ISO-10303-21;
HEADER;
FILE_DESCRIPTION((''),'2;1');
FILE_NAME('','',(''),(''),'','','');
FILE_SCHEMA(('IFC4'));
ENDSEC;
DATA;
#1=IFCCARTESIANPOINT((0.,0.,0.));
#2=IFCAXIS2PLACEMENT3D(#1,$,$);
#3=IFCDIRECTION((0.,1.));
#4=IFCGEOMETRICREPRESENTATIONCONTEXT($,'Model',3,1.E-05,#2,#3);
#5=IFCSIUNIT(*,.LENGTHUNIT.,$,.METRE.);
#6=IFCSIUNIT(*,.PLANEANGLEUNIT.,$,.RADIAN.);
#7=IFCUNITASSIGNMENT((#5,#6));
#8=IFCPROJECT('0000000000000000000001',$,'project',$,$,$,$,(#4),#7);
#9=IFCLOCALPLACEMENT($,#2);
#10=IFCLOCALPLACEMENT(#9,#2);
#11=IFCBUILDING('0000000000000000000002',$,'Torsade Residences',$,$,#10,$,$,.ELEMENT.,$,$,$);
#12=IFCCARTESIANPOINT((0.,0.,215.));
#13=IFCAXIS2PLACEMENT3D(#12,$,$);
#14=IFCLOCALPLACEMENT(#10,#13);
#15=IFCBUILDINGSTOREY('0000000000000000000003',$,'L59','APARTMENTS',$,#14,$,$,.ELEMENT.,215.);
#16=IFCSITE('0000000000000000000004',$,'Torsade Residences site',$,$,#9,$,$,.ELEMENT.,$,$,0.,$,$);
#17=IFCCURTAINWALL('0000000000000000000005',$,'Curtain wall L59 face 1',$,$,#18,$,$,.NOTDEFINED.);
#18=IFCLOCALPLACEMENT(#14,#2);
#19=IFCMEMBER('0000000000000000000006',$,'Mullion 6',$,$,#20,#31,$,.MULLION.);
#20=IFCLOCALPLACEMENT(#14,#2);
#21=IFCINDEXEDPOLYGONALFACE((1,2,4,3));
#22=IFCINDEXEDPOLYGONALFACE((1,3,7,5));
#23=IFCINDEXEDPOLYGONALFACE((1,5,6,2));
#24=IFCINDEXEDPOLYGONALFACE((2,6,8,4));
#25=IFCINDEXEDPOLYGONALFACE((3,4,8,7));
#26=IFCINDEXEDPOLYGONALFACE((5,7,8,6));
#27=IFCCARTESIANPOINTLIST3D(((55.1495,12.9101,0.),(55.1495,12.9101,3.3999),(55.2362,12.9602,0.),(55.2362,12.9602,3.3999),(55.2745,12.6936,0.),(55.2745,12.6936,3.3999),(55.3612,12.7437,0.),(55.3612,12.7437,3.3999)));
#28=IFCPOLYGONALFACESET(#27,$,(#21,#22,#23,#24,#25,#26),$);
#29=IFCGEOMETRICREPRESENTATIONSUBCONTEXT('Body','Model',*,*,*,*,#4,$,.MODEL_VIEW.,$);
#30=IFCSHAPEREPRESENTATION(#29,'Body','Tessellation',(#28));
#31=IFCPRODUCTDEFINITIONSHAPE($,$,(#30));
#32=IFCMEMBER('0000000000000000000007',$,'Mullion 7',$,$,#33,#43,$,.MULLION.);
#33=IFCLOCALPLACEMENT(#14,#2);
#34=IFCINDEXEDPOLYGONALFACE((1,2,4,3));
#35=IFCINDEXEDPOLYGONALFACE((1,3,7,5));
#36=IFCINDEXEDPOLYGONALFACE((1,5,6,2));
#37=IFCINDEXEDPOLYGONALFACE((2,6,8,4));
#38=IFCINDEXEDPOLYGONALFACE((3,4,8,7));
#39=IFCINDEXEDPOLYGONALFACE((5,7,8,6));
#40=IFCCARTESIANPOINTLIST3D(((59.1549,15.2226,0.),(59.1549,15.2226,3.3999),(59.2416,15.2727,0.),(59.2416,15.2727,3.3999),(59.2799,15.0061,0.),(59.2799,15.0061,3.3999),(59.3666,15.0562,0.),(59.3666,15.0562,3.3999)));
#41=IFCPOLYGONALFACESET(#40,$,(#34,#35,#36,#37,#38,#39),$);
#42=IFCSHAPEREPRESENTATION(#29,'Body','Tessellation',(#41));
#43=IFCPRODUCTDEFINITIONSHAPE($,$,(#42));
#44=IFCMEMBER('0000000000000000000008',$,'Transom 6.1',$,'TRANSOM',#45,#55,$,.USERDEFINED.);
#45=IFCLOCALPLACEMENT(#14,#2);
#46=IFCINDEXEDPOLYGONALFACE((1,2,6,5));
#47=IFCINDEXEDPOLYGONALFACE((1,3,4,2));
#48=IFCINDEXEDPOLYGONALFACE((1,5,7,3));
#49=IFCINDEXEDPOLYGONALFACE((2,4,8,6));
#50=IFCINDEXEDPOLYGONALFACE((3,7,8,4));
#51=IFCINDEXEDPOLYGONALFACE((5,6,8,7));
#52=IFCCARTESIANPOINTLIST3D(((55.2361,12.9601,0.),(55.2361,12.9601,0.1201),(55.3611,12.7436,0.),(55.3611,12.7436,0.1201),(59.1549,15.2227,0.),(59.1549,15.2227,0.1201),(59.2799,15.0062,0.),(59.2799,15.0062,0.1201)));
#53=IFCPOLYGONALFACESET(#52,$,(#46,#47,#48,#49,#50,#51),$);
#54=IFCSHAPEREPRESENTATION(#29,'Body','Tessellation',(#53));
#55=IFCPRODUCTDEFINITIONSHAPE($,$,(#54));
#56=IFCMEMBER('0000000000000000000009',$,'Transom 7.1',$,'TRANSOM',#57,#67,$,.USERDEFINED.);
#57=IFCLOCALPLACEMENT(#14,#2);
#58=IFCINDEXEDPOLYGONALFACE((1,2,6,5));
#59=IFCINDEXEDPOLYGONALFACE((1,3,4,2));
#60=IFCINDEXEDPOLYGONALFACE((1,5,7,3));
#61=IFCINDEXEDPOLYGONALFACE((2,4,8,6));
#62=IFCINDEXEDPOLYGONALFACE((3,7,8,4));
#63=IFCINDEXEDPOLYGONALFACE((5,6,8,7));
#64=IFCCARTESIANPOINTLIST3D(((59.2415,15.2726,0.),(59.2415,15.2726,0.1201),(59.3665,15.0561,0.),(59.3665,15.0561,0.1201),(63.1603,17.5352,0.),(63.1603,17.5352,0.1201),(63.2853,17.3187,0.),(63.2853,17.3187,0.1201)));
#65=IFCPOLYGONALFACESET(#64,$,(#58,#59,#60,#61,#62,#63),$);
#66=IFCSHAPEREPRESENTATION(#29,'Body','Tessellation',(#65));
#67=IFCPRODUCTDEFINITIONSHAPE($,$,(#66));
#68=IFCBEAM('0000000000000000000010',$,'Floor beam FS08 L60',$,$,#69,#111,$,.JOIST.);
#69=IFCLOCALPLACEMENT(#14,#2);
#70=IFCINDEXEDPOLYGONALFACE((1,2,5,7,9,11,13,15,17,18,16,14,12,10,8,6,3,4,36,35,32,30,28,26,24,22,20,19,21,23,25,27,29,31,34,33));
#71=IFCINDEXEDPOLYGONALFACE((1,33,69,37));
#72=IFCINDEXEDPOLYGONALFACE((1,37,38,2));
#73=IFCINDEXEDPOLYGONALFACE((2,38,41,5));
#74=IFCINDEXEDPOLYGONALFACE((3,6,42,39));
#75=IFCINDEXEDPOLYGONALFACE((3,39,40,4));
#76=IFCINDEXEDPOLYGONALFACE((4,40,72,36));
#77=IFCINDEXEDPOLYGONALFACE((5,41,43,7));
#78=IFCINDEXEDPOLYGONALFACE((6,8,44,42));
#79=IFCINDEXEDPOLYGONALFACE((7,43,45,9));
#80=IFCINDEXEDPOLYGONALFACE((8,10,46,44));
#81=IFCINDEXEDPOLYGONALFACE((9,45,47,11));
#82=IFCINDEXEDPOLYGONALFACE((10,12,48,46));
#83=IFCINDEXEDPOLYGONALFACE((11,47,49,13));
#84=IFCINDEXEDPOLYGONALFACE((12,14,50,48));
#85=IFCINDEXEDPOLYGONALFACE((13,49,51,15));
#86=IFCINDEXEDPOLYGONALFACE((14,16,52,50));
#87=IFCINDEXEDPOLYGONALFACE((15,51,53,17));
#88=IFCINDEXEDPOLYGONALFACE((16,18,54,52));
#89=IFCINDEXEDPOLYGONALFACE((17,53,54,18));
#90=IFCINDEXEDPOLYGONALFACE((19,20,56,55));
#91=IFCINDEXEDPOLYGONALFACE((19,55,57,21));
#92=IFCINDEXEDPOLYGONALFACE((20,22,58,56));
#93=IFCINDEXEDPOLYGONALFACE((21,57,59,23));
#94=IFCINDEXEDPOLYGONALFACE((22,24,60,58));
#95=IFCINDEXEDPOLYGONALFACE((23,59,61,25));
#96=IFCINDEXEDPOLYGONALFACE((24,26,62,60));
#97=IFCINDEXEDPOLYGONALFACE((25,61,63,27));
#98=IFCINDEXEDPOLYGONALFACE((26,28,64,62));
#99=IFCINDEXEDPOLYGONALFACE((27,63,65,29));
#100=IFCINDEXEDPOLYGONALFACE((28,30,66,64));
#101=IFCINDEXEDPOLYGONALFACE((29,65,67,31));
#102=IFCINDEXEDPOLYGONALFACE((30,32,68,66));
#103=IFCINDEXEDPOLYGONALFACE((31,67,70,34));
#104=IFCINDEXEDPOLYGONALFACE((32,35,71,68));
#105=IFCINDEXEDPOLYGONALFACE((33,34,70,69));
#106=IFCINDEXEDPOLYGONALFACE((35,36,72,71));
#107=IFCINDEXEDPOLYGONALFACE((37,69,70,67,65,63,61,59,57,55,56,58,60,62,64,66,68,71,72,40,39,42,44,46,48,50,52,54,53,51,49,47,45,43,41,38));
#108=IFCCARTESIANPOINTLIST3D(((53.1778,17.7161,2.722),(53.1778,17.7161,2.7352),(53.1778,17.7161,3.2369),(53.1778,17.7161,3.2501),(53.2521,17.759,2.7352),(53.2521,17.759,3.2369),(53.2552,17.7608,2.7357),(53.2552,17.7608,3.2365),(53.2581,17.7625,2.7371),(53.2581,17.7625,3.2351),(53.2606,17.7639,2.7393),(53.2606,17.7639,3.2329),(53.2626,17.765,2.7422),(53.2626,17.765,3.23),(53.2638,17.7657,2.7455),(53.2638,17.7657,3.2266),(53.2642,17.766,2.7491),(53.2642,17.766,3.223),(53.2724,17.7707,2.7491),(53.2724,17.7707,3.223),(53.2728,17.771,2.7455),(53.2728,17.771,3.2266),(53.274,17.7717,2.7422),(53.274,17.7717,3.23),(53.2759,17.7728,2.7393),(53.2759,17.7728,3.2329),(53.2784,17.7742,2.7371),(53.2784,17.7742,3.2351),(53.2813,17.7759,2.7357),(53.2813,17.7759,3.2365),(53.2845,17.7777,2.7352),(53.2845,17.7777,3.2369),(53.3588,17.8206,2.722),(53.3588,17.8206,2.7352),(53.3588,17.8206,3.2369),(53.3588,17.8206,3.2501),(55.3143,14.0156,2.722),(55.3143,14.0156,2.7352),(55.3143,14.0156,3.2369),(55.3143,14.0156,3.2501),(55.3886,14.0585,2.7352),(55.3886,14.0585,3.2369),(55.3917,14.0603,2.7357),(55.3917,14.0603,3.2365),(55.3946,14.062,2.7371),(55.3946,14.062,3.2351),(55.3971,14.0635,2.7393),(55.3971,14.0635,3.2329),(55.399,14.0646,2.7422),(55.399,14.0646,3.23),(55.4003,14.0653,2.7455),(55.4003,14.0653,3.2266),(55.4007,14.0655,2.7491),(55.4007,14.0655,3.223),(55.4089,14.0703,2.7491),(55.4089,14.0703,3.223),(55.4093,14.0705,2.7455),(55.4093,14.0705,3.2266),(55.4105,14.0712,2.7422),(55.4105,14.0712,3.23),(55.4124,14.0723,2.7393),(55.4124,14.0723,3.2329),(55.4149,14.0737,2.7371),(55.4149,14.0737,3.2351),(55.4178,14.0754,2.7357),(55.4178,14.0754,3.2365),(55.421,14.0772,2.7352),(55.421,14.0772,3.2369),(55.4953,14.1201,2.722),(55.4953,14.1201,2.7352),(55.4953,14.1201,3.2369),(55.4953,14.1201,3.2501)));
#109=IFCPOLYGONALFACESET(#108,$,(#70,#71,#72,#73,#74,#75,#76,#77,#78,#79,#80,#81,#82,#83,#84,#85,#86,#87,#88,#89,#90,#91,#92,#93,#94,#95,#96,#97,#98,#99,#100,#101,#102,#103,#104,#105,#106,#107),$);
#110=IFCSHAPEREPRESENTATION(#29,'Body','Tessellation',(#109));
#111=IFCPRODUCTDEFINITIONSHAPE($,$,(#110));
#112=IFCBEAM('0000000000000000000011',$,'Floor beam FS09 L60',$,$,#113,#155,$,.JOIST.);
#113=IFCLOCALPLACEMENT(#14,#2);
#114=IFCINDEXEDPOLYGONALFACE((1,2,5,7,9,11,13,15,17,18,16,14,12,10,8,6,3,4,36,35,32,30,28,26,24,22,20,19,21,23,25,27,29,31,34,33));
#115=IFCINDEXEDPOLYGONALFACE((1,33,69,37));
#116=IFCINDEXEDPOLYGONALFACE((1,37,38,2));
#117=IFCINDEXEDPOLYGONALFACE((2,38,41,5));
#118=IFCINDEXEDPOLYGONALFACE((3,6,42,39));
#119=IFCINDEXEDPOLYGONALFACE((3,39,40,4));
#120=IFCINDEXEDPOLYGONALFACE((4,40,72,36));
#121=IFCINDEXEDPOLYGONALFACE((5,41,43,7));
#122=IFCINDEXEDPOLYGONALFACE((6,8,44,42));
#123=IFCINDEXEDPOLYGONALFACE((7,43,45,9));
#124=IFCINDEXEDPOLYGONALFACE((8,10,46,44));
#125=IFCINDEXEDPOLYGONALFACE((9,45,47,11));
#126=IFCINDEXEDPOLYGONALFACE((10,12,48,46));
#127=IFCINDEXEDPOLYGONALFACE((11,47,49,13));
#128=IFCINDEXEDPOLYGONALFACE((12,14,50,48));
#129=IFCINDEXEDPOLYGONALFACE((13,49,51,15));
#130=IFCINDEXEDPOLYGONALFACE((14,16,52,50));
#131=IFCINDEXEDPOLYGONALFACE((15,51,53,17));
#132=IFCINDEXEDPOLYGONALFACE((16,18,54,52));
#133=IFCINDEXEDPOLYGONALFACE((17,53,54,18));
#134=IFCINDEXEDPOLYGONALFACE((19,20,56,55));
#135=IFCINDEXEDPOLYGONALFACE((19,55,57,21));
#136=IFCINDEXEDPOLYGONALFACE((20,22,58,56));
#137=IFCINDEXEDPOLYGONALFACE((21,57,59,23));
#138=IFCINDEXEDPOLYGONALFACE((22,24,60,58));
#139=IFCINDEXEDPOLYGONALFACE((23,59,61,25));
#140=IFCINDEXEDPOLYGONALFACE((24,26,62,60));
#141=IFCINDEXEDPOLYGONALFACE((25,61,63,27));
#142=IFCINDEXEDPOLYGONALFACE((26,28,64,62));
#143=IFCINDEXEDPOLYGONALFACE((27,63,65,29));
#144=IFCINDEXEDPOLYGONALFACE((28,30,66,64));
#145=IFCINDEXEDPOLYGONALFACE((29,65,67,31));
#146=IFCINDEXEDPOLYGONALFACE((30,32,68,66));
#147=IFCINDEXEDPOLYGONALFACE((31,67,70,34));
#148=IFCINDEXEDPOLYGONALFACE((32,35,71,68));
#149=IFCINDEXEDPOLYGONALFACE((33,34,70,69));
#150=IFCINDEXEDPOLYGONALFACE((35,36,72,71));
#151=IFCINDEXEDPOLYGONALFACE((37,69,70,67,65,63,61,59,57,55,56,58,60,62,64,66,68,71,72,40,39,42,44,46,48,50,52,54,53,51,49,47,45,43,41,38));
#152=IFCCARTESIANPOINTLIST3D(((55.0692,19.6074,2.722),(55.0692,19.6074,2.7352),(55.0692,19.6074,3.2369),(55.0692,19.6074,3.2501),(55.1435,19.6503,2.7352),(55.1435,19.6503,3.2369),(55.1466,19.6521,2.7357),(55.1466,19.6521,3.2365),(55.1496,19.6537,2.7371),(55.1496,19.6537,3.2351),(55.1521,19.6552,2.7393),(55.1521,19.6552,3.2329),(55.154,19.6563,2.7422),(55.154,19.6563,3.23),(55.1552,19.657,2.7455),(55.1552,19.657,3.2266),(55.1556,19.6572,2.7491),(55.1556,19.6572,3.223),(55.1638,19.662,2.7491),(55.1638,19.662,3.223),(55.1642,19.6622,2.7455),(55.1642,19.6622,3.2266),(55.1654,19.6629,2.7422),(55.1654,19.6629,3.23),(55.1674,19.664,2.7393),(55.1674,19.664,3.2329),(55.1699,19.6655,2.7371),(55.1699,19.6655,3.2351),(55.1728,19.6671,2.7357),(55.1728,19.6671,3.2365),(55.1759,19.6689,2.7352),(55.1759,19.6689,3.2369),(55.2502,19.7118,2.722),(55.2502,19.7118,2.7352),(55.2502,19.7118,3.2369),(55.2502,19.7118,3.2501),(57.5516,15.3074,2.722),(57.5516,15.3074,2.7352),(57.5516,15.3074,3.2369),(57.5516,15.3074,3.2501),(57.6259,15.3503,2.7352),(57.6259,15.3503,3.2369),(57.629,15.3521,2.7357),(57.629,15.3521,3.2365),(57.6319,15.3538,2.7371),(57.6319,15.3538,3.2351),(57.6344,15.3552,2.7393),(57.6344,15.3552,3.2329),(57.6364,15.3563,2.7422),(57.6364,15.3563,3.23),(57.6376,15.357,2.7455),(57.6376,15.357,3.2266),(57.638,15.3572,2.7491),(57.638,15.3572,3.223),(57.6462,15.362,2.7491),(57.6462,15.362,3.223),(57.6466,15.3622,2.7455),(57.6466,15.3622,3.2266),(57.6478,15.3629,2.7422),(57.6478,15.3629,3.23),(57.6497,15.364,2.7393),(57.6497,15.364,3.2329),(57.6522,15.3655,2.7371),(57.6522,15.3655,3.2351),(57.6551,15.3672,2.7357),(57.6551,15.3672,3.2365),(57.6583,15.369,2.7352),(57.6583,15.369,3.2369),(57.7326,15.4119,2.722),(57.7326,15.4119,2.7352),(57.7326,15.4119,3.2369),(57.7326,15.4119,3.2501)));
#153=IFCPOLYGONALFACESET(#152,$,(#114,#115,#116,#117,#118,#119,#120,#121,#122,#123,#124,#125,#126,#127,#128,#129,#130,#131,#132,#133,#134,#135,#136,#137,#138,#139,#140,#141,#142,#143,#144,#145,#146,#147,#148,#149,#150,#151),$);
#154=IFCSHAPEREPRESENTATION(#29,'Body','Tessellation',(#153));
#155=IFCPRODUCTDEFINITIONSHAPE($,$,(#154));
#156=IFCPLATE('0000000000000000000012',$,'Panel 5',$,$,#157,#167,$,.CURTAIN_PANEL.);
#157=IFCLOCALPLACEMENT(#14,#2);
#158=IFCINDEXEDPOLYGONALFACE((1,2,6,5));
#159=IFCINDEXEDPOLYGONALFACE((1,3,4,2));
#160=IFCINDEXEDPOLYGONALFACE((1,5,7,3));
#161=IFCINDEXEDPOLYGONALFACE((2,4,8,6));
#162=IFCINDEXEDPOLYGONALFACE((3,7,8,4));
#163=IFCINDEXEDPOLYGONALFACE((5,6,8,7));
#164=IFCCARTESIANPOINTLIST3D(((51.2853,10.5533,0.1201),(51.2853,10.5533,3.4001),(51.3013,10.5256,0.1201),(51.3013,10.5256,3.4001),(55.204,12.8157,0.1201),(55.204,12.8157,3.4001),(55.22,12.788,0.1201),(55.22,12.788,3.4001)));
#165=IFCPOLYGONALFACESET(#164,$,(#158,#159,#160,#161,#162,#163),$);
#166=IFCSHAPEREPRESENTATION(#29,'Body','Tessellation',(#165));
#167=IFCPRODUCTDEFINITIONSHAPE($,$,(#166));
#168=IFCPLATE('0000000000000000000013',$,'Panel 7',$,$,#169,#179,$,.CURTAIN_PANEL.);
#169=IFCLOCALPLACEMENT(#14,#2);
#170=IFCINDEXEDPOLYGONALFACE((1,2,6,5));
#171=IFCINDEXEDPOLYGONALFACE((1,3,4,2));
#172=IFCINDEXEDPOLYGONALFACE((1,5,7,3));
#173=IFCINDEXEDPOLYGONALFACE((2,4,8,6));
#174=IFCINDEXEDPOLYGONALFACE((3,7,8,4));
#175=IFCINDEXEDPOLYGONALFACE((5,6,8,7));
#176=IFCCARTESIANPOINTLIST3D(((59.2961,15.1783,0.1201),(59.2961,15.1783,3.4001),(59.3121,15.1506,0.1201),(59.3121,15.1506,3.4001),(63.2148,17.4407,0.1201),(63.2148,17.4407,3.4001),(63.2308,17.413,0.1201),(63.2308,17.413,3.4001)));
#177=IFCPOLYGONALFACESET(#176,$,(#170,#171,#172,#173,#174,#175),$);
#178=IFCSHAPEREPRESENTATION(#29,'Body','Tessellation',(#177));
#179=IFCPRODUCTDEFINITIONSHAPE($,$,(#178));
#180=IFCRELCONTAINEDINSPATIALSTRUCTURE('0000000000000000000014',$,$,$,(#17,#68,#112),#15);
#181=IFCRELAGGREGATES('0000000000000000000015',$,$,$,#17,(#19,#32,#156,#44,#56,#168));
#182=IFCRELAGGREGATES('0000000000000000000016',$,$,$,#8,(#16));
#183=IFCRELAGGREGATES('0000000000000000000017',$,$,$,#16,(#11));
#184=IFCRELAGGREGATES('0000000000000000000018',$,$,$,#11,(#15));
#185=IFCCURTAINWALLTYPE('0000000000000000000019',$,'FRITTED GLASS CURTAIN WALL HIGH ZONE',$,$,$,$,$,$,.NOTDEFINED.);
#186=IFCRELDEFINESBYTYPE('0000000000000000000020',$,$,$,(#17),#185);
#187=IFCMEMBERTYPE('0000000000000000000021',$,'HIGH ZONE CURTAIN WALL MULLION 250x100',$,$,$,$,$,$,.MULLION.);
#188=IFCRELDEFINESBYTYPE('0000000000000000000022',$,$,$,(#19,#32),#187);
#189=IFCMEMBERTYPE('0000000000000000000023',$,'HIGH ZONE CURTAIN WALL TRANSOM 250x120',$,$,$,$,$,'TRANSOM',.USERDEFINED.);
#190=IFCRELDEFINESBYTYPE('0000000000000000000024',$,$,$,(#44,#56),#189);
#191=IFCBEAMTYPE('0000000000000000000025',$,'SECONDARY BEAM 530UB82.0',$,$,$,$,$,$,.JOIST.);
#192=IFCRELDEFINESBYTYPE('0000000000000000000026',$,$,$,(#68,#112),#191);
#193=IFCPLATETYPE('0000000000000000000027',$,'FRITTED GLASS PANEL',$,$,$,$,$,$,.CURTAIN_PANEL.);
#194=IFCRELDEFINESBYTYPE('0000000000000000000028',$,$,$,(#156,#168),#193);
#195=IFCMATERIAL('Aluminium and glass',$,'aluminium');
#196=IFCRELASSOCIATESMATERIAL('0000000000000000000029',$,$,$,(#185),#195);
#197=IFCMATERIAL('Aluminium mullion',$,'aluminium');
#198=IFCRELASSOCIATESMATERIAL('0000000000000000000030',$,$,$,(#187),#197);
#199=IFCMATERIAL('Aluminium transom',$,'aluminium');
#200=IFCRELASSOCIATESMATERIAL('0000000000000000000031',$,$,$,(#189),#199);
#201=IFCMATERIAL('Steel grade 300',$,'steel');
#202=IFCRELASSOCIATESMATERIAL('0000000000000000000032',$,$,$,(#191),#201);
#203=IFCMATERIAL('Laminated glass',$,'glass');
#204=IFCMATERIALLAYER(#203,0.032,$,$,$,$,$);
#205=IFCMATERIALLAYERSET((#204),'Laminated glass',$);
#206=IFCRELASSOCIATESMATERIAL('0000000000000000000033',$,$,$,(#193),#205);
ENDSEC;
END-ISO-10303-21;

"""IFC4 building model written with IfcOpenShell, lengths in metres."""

from ifc_helpers import new_model, si_unit, direction, frame, origin, origin_2d, place, context, subcontext, project, spatial, rectangle, i_section, extrude, material, layer, layer_set, material_profile, profile_set, type_object, element, aggregate, save


model = new_model("IFC4")

# Units and contexts
model_context = context("Model", 3, precision=1e-05, world=origin(), true_north=direction((0.0, 1.0)))
body_context = subcontext(model_context, "Body", "Model", "MODEL_VIEW")
ifc_project = project(units=[si_unit("LENGTHUNIT", "METRE"), si_unit("PLANEANGLEUNIT", "RADIAN")], contexts=[model_context])

# Site, building, storey
site_placement = place(None, origin())
site = spatial("IfcSite", under=ifc_project, at=site_placement, Name="Torsade Residences site", CompositionType="ELEMENT", RefElevation=0.0)
building_placement = place(site_placement, origin())
building = spatial("IfcBuilding", under=site, at=building_placement, Name="Torsade Residences", CompositionType="ELEMENT")
storey_placement = place(building_placement, frame((0.0, 0.0, 215.0)))
storey = spatial("IfcBuildingStorey", under=building, at=storey_placement, Name="L59", Description="APARTMENTS", CompositionType="ELEMENT", Elevation=215.0)

# Curtain wall, members
ifc_material_1 = material(Name="Aluminium and glass", Category="aluminium")
curtain_wall_type = type_object("IfcCurtainWallType", Name="FRITTED GLASS CURTAIN WALL HIGH ZONE", PredefinedType="NOTDEFINED", material=ifc_material_1)
curtain_wall_placement = place(storey_placement, origin())
curtain_wall = element("IfcCurtainWall", 1, at=curtain_wall_placement, inside=storey, type_object=curtain_wall_type, Name="Curtain wall L59 face 1", PredefinedType="NOTDEFINED")
ifc_material_2 = material(Name="Aluminium mullion", Category="aluminium")
ifc_material_profile_1 = material_profile(ifc_material_2, rectangle(XDim=0.25, YDim=0.1001, at=origin_2d()), Name="HIGH ZONE CURTAIN WALL MULLION 250x100")
ifc_profile_set_1 = profile_set([ifc_material_profile_1], Name="Aluminium mullion")
member_type_1 = type_object("IfcMemberType", Name="HIGH ZONE CURTAIN WALL MULLION 250x100", PredefinedType="MULLION", material=ifc_profile_set_1)
member_1_placement = place(storey_placement, frame((55.2554, 12.8269, 0.0), z_axis=(0.0, 0.0, 1.0), x_axis=(-0.5, 0.866025, 0.0)))
member_1 = element("IfcMember", 2, at=member_1_placement, type_object=member_type_1, Name="Mullion 6", PredefinedType="MULLION", context=body_context, shape_type="SweptSolid", body=[
    extrude(rectangle(XDim=0.25, YDim=0.1001, at=origin_2d()), origin(), (0.0, 0.0, 1.0), 3.3999),
])
member_2_placement = place(storey_placement, frame((59.2607, 15.1394, 0.0), z_axis=(0.0, 0.0, 1.0), x_axis=(-0.5, 0.866025, 0.0)))
member_2 = element("IfcMember", 3, at=member_2_placement, type_object=member_type_1, Name="Mullion 7", PredefinedType="MULLION", context=body_context, shape_type="SweptSolid", body=[
    extrude(rectangle(XDim=0.25, YDim=0.1001, at=origin_2d()), origin(), (0.0, 0.0, 1.0), 3.3999),
])
ifc_material_3 = material(Name="Aluminium transom", Category="aluminium")
ifc_material_profile_2 = material_profile(ifc_material_3, rectangle(XDim=0.25, YDim=0.1201, at=origin_2d()), Name="HIGH ZONE CURTAIN WALL TRANSOM 250x120")
ifc_profile_set_2 = profile_set([ifc_material_profile_2], Name="Aluminium transom")
member_type_2 = type_object("IfcMemberType", Name="HIGH ZONE CURTAIN WALL TRANSOM 250x120", ElementType="TRANSOM", PredefinedType="USERDEFINED", material=ifc_profile_set_2)
member_3_placement = place(storey_placement, frame((55.2986, 12.8518, 0.0601), z_axis=(0.866017, 0.500015, 0.0), x_axis=(-0.500015, 0.866017, 0.0)))
member_3 = element("IfcMember", 4, at=member_3_placement, type_object=member_type_2, Name="Transom 6.1", ObjectType="TRANSOM", PredefinedType="USERDEFINED", context=body_context, shape_type="SweptSolid", body=[
    extrude(rectangle(XDim=0.25, YDim=0.1201, at=origin_2d()), origin(), (0.0, 0.0, 1.0), 4.5251),
])
member_4_placement = place(storey_placement, frame((59.304, 15.1643, 0.0601), z_axis=(0.866017, 0.500015, 0.0), x_axis=(-0.500015, 0.866017, 0.0)))
member_4 = element("IfcMember", 5, at=member_4_placement, type_object=member_type_2, Name="Transom 7.1", ObjectType="TRANSOM", PredefinedType="USERDEFINED", context=body_context, shape_type="SweptSolid", body=[
    extrude(rectangle(XDim=0.25, YDim=0.1201, at=origin_2d()), origin(), (0.0, 0.0, 1.0), 4.5251),
])

# Beams
ifc_material_4 = material(Name="Steel grade 300", Category="steel")
ifc_material_profile_3 = material_profile(ifc_material_4, i_section(OverallWidth=0.209, OverallDepth=0.5281, WebThickness=0.0095, FlangeThickness=0.0132, FilletRadius=0.0139, at=origin_2d()), Name="530UB82.0")
ifc_profile_set_3 = profile_set([ifc_material_profile_3], Name="Steel grade 300")
beam_type = type_object("IfcBeamType", Name="SECONDARY BEAM 530UB82.0", PredefinedType="JOIST", material=ifc_profile_set_3)
beam_1_placement = place(storey_placement, frame((55.4048, 14.0679, 2.9861), z_axis=(-0.500004, 0.866023, 0.0), x_axis=(-0.866023, -0.500004, 0.0)))
element("IfcBeam", 6, at=beam_1_placement, inside=storey, type_object=beam_type, Name="Floor beam FS08 L60", PredefinedType="JOIST", context=body_context, shape_type="SweptSolid", body=[
    extrude(i_section(OverallWidth=0.209, OverallDepth=0.5281, WebThickness=0.0095, FlangeThickness=0.0132, FilletRadius=0.0139, at=origin_2d()), origin(), (0.0, 0.0, 1.0), 4.2729),
])
beam_2_placement = place(storey_placement, frame((57.6421, 15.3596, 2.9861), z_axis=(-0.499968, 0.866044, 0.0), x_axis=(-0.866044, -0.499968, 0.0)))
element("IfcBeam", 7, at=beam_2_placement, inside=storey, type_object=beam_type, Name="Floor beam FS09 L60", PredefinedType="JOIST", context=body_context, shape_type="SweptSolid", body=[
    extrude(i_section(OverallWidth=0.209, OverallDepth=0.5281, WebThickness=0.0095, FlangeThickness=0.0132, FilletRadius=0.0139, at=origin_2d()), origin(), (0.0, 0.0, 1.0), 4.9651),
])

# Plates
ifc_material_5 = material(Name="Laminated glass", Category="glass")
ifc_layer_1 = layer(ifc_material_5, 0.032)
ifc_layer_set_1 = layer_set([ifc_layer_1], Name="Laminated glass")
plate_type_1 = type_object("IfcPlateType", Name="FRITTED GLASS PANEL", PredefinedType="CURTAIN_PANEL", material=ifc_layer_set_1)
plate_1_placement = place(storey_placement, frame((53.2527, 11.6707, 0.1201), z_axis=(0.0, 0.0, 1.0), x_axis=(0.866025, 0.5, 0.0)))
plate_1 = element("IfcPlate", 8, at=plate_1_placement, type_object=plate_type_1, Name="Panel 5", PredefinedType="CURTAIN_PANEL", context=body_context, shape_type="SweptSolid", body=[
    extrude(rectangle(XDim=4.5249, YDim=0.032, at=origin_2d()), origin(), (0.0, 0.0, 1.0), 3.28),
])
plate_2_placement = place(storey_placement, frame((61.2634, 16.2957, 0.1201), z_axis=(0.0, 0.0, 1.0), x_axis=(0.866025, 0.5, 0.0)))
plate_2 = element("IfcPlate", 9, at=plate_2_placement, type_object=plate_type_1, Name="Panel 7", PredefinedType="CURTAIN_PANEL", context=body_context, shape_type="SweptSolid", body=[
    extrude(rectangle(XDim=4.5249, YDim=0.032, at=origin_2d()), origin(), (0.0, 0.0, 1.0), 3.28),
])
aggregate(curtain_wall, [member_1, member_2, plate_1, member_3, member_4, plate_2])

save(model, "model.ifc")
